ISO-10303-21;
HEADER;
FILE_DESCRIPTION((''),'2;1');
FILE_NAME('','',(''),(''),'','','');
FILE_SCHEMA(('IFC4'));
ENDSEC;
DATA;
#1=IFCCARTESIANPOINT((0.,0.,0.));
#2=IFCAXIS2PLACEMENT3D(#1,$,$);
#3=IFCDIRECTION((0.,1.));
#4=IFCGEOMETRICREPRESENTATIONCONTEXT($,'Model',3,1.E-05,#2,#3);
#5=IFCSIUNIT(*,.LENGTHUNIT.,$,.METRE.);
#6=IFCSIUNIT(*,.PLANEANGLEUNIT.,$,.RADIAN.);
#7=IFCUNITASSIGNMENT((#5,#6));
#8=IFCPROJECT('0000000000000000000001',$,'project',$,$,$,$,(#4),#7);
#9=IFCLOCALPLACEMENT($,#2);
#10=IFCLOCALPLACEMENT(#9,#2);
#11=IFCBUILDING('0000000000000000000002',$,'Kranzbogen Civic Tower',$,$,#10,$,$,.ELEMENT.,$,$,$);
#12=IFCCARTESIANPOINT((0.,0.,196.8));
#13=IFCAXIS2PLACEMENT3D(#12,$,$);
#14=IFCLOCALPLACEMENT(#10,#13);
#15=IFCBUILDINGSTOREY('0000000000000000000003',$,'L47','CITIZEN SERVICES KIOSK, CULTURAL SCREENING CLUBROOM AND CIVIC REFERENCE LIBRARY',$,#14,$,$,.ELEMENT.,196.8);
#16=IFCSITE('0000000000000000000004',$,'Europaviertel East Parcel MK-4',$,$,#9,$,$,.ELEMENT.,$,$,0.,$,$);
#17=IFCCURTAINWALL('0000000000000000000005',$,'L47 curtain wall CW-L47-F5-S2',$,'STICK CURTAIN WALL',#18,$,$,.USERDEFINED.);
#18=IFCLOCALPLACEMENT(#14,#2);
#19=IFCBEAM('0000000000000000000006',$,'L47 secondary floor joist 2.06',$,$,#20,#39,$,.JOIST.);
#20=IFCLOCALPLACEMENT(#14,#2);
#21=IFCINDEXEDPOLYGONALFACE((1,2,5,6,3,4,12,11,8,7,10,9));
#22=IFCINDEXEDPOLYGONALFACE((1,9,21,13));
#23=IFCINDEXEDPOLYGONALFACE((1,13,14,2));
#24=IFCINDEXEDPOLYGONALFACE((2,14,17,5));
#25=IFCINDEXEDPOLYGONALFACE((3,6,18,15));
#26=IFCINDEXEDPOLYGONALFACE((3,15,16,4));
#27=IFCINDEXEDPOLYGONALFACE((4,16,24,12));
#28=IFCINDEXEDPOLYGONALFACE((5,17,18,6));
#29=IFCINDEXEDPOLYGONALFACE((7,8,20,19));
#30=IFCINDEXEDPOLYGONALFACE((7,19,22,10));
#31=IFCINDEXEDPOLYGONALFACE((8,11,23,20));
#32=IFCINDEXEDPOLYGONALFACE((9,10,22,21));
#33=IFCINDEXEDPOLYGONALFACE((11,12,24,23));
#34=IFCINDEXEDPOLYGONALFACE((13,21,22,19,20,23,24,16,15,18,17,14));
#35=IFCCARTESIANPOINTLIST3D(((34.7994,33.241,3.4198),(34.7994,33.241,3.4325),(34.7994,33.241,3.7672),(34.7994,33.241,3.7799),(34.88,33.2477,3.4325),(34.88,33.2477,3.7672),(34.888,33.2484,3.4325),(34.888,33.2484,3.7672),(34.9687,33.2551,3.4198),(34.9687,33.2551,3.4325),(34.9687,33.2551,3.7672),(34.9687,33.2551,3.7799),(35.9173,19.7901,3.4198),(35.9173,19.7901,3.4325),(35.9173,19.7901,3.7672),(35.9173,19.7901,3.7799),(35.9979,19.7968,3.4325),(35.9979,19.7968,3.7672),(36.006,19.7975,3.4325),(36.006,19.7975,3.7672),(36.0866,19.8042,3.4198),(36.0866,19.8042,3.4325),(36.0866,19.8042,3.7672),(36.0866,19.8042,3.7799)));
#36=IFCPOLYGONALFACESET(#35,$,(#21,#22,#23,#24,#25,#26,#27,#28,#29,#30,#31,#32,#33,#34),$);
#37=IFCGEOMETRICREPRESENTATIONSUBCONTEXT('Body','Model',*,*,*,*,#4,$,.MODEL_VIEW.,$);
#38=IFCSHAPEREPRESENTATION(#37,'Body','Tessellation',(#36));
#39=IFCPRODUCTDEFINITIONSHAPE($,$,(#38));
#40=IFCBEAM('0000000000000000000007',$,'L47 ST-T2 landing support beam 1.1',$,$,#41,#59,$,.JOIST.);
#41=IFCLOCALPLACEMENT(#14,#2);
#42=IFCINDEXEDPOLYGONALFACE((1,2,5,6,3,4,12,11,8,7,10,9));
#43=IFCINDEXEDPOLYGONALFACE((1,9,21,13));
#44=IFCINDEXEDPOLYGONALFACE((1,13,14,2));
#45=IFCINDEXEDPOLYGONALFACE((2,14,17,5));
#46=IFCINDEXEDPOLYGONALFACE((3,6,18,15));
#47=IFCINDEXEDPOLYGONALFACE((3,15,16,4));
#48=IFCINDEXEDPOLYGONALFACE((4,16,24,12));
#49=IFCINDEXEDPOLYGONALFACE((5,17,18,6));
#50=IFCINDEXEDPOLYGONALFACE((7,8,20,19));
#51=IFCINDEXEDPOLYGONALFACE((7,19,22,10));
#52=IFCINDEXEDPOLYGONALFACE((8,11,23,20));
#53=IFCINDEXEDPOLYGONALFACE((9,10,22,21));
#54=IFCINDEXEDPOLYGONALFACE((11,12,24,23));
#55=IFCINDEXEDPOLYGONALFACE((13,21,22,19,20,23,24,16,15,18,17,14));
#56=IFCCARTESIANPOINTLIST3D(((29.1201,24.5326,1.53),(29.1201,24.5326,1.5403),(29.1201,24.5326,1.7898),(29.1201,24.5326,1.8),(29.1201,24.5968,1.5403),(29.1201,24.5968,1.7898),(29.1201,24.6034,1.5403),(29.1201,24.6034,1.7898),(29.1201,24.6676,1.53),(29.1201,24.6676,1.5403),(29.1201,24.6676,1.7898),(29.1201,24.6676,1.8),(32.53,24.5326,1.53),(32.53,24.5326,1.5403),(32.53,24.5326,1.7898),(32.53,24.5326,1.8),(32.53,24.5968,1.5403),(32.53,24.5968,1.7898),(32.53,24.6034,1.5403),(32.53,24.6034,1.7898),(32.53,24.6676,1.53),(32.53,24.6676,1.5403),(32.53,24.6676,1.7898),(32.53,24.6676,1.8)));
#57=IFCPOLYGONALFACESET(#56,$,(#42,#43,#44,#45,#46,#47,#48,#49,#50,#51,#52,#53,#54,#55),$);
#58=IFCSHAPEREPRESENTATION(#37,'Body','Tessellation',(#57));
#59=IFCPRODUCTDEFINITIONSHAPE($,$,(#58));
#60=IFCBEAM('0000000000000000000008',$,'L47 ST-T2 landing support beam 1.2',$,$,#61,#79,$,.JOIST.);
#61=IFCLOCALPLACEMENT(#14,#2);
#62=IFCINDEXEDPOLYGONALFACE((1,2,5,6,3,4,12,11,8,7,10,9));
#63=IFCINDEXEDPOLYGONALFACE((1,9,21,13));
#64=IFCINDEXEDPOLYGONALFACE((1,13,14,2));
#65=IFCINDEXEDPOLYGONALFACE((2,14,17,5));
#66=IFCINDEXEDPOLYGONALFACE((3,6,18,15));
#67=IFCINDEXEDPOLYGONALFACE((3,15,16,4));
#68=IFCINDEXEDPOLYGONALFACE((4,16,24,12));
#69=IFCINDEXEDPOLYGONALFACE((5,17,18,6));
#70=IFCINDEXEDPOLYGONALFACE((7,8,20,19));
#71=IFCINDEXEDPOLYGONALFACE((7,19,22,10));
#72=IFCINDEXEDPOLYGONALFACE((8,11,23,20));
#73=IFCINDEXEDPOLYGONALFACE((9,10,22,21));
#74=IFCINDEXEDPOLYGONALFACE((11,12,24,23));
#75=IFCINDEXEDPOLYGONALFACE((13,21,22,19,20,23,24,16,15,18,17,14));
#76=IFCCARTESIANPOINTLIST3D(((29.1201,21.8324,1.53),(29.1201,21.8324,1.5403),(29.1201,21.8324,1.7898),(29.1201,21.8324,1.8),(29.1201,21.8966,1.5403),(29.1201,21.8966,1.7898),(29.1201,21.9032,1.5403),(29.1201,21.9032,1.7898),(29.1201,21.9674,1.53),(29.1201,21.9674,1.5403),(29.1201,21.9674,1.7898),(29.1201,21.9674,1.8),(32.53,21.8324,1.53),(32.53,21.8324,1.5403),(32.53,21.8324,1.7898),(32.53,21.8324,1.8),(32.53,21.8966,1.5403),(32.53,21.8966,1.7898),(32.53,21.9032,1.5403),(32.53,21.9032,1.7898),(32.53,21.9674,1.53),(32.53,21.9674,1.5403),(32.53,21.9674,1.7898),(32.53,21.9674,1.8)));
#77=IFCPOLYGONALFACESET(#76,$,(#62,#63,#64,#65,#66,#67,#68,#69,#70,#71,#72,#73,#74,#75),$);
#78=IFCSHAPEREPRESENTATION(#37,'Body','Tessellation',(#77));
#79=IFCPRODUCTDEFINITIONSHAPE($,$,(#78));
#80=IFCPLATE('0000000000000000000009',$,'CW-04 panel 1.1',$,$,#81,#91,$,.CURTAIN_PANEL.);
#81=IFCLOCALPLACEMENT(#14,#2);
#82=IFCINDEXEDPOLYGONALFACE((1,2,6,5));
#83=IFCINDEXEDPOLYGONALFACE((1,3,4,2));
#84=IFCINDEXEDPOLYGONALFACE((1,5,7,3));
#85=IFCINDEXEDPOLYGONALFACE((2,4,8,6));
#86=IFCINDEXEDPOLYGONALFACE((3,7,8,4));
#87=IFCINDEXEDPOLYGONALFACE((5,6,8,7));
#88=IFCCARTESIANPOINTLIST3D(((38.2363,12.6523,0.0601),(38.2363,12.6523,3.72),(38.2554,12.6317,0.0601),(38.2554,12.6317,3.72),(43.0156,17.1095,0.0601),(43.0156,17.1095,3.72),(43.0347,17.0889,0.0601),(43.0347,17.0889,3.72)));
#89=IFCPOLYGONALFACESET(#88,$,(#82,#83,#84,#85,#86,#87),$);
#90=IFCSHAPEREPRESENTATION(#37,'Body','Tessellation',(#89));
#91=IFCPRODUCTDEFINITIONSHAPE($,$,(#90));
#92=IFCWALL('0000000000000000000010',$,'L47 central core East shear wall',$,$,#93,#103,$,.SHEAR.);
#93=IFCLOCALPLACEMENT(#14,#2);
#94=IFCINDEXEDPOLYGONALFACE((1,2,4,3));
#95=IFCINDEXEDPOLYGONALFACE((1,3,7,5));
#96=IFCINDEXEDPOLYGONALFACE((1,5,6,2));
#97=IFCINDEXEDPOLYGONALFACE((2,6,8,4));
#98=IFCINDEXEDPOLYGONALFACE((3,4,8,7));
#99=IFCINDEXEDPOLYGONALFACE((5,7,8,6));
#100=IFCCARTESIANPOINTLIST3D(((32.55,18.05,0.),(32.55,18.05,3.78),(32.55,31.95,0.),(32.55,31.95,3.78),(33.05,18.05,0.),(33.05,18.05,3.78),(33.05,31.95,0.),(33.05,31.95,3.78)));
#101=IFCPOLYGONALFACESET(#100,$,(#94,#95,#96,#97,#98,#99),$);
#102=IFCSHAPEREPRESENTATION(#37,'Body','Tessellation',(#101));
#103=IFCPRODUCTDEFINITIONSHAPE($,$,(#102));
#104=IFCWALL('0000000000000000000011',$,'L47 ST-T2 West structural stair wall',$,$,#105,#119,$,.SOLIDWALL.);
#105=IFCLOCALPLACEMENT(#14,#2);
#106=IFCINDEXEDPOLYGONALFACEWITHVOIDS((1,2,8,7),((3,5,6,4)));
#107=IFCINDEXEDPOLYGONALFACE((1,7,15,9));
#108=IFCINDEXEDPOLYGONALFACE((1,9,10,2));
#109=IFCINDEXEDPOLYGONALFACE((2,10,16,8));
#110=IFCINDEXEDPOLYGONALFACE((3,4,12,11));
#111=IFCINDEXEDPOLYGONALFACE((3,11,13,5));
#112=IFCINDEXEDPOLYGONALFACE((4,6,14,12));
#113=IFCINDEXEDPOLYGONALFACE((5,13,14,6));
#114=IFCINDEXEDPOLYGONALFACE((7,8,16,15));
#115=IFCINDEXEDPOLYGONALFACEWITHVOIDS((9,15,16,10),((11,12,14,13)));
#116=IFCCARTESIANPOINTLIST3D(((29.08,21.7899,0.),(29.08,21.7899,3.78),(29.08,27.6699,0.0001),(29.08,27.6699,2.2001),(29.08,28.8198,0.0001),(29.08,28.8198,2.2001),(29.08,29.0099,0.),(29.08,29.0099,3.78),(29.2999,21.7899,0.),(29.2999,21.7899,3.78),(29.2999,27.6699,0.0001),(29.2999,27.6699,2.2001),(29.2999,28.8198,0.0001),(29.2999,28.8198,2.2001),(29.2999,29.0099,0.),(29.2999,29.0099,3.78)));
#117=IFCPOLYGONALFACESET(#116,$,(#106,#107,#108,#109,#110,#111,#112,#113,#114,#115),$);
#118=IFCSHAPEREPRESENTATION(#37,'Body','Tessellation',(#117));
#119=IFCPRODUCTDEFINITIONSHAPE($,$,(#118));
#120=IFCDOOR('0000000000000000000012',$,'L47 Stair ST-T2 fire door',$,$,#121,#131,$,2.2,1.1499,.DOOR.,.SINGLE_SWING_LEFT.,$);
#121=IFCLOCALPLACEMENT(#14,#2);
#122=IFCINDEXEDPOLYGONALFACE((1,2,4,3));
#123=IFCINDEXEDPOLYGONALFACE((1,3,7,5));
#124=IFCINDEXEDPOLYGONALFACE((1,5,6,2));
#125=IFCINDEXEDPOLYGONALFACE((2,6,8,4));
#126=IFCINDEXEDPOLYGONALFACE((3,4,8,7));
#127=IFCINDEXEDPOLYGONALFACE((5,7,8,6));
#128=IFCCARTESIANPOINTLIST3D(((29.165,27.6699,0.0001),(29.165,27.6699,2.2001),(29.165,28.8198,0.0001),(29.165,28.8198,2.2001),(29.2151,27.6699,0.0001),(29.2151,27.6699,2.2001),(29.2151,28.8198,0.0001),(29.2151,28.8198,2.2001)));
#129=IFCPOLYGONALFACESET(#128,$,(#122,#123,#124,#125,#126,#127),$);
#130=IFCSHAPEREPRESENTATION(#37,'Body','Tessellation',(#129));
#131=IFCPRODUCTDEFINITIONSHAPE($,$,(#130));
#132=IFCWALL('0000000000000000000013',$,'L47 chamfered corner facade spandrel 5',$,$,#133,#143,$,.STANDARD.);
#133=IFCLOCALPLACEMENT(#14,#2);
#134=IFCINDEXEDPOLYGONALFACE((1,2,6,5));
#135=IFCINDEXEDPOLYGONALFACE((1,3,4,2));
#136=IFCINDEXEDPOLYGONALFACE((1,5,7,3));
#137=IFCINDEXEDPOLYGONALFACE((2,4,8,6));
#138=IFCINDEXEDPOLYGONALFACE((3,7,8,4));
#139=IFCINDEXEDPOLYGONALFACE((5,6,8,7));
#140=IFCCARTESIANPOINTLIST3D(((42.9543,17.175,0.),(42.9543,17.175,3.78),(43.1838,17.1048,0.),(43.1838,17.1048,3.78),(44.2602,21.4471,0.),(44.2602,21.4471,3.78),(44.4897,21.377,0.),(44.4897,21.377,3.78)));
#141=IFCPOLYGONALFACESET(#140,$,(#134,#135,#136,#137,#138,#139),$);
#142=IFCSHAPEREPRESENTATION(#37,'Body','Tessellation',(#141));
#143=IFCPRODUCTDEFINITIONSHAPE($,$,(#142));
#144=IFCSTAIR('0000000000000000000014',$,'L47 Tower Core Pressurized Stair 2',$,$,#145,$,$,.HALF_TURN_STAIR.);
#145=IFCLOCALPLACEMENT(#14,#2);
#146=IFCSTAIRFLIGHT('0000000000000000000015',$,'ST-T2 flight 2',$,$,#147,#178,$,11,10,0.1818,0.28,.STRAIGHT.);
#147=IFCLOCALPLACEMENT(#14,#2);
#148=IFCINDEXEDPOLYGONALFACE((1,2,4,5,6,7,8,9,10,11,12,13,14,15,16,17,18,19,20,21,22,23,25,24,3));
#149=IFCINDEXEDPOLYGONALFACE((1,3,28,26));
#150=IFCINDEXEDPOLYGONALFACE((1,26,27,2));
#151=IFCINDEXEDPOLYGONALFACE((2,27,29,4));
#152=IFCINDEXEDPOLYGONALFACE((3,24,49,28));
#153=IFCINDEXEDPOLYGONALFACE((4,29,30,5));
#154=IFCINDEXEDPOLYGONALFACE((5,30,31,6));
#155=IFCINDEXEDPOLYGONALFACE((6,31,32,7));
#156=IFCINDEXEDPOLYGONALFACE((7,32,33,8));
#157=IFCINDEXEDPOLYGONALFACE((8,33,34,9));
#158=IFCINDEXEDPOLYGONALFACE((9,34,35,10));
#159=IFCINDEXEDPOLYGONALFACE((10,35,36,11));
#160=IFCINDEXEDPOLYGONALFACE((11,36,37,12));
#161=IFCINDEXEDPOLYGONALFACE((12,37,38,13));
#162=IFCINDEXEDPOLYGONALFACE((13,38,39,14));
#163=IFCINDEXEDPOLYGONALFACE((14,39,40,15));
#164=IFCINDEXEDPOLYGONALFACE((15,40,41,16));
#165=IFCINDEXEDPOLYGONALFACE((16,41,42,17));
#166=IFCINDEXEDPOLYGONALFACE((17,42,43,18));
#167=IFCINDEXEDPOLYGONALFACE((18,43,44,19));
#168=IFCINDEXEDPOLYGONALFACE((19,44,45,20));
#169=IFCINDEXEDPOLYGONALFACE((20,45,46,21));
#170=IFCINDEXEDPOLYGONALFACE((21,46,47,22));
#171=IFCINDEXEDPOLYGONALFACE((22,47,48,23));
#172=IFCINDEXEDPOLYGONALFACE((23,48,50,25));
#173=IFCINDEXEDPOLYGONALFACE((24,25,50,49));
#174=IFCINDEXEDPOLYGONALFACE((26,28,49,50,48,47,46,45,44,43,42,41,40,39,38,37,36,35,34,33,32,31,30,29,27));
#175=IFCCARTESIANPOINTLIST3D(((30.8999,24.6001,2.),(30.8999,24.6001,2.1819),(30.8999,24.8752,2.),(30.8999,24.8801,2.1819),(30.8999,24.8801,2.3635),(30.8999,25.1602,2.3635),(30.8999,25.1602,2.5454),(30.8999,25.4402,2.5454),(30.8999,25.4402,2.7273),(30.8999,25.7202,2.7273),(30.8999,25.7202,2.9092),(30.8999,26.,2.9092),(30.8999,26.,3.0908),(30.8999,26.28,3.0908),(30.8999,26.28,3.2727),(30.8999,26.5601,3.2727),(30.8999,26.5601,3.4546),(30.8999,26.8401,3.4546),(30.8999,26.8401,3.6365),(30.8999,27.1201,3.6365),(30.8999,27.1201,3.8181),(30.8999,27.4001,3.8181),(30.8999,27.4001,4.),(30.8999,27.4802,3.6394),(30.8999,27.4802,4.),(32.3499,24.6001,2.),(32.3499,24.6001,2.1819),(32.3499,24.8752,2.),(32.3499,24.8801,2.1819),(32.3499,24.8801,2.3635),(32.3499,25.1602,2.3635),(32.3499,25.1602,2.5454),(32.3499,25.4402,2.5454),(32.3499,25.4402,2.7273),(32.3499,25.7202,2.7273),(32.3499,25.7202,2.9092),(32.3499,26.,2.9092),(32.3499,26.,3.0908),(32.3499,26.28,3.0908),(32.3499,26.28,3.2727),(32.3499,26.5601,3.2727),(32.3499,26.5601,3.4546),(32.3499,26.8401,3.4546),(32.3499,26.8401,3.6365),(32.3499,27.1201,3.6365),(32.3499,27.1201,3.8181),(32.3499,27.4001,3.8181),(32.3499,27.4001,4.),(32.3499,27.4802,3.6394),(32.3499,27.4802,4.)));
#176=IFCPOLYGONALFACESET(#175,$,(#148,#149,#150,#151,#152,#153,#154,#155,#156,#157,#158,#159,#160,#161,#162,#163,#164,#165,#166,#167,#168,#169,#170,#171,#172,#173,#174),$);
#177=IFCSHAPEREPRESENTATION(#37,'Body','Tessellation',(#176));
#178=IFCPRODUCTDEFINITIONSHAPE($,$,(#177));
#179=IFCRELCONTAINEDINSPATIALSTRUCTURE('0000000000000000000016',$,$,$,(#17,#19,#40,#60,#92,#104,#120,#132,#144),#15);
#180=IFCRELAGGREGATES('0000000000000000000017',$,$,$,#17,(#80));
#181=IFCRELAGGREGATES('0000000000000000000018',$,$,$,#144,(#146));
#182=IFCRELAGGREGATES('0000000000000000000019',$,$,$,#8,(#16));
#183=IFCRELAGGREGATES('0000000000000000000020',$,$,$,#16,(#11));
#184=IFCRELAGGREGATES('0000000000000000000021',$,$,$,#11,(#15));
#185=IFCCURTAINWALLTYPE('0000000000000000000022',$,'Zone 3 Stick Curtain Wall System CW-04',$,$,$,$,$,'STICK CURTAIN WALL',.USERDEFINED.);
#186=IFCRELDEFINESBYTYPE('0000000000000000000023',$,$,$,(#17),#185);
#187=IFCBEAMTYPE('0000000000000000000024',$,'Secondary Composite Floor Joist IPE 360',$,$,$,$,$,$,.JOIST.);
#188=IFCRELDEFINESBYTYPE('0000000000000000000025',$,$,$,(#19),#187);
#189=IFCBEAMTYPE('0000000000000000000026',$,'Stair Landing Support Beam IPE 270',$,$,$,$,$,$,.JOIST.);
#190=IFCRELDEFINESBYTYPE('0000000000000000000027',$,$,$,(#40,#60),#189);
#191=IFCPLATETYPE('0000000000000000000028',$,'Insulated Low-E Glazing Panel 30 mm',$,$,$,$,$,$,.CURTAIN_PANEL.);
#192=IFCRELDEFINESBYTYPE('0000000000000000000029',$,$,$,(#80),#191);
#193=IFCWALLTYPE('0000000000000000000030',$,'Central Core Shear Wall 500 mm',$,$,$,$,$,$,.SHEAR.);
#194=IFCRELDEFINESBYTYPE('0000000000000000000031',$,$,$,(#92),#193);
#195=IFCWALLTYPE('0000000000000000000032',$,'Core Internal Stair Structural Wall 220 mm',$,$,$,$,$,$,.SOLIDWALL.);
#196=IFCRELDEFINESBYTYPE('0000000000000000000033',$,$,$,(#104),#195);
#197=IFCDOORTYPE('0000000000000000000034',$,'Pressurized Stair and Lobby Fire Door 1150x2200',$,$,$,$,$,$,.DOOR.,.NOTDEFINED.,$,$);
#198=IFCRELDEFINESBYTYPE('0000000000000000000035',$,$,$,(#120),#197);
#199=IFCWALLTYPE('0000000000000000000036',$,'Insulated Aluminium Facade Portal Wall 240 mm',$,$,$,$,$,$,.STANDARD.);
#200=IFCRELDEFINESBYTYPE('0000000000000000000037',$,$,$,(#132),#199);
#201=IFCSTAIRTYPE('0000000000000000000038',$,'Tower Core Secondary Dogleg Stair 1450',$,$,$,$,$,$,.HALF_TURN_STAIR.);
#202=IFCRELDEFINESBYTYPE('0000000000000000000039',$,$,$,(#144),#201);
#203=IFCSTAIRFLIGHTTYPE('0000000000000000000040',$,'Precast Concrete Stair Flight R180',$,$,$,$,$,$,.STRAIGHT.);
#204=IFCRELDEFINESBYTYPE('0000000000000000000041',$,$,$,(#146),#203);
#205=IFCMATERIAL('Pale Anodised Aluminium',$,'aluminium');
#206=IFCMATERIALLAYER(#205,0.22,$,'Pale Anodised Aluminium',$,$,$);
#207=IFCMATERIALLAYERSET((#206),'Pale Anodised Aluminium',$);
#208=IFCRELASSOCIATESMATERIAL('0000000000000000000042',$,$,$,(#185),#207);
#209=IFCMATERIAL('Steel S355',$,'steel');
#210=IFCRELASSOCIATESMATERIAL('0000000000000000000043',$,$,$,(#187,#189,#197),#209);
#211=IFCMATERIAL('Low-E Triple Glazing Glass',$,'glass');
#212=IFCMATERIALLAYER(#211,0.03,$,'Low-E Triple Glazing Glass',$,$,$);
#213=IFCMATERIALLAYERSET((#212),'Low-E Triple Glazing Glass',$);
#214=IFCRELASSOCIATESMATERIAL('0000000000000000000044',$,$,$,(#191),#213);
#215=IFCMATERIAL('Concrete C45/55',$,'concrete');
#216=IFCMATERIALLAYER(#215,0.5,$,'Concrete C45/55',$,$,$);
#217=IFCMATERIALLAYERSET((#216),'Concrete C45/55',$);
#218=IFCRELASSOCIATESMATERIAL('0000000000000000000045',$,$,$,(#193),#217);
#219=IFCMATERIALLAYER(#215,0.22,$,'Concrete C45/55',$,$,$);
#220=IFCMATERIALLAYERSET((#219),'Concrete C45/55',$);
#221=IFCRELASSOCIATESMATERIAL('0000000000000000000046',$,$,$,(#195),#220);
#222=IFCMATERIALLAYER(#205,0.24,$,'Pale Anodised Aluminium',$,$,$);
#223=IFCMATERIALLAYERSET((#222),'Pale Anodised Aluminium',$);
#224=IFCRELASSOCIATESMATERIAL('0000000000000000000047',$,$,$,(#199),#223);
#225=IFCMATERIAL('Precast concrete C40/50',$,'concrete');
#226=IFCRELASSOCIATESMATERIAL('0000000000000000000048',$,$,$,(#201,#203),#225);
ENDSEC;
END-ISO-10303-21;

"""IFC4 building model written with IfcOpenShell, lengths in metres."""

from ifc_helpers import new_model, si_unit, direction, frame, frame_2d, origin, origin_2d, place, context, subcontext, project, spatial, polyline, rectangle, i_section, outline, extrude, material, layer, layer_set, material_profile, profile_set, type_object, element, fill, aggregate, save


model = new_model("IFC4")

# Units and contexts
model_context = context("Model", 3, precision=1e-05, world=origin(), true_north=direction((0.0, 1.0)))
body_context = subcontext(model_context, "Body", "Model", "MODEL_VIEW")
ifc_project = project(units=[si_unit("LENGTHUNIT", "METRE"), si_unit("PLANEANGLEUNIT", "RADIAN")], contexts=[model_context])

# Site, building, storey
site_placement = place(None, origin())
site = spatial("IfcSite", under=ifc_project, at=site_placement, Name="Europaviertel East Parcel MK-4", CompositionType="ELEMENT", RefElevation=0.0)
building_placement = place(site_placement, origin())
building = spatial("IfcBuilding", under=site, at=building_placement, Name="Kranzbogen Civic Tower", CompositionType="ELEMENT")
storey_placement = place(building_placement, frame((0.0, 0.0, 196.8)))
storey = spatial("IfcBuildingStorey", under=building, at=storey_placement, Name="L47", Description="CITIZEN SERVICES KIOSK, CULTURAL SCREENING CLUBROOM AND CIVIC REFERENCE LIBRARY", CompositionType="ELEMENT", Elevation=196.8)

# Shared definitions
ifc_material_1 = material(Name="Steel S355", Category="steel")

# Curtain wall
ifc_material_2 = material(Name="Pale Anodised Aluminium", Category="aluminium")
ifc_layer_1 = layer(ifc_material_2, 0.22, Name="Pale Anodised Aluminium")
ifc_layer_set_1 = layer_set([ifc_layer_1], Name="Pale Anodised Aluminium")
curtain_wall_type = type_object("IfcCurtainWallType", Name="Zone 3 Stick Curtain Wall System CW-04", ElementType="STICK CURTAIN WALL", PredefinedType="USERDEFINED", material=ifc_layer_set_1)
curtain_wall_1_placement = place(storey_placement, origin())
curtain_wall_1 = element("IfcCurtainWall", 1, at=curtain_wall_1_placement, inside=storey, type_object=curtain_wall_type, Name="L47 curtain wall CW-L47-F5-S2", ObjectType="STICK CURTAIN WALL", PredefinedType="USERDEFINED")

# Beams
ifc_material_profile_1 = material_profile(ifc_material_1, i_section(OverallWidth=0.1699, OverallDepth=0.3601, WebThickness=0.0081, FlangeThickness=0.0127, at=origin_2d()), Name="IPE 360")
ifc_profile_set_1 = profile_set([ifc_material_profile_1], Name="Steel S355")
beam_type_1 = type_object("IfcBeamType", Name="Secondary Composite Floor Joist IPE 360", PredefinedType="JOIST", material=ifc_profile_set_1)
beam_1_placement = place(storey_placement, frame((36.002, 19.7971, 3.5999), z_axis=(-0.082825, 0.996564, 0.0), x_axis=(-0.996564, -0.082825, 0.0)))
element("IfcBeam", 2, at=beam_1_placement, inside=storey, type_object=beam_type_1, Name="L47 secondary floor joist 2.06", PredefinedType="JOIST", context=body_context, shape_type="SweptSolid", body=[
    extrude(i_section(OverallWidth=0.1699, OverallDepth=0.3601, WebThickness=0.0081, FlangeThickness=0.0127, at=origin_2d()), origin(), (0.0, 0.0, 1.0), 13.4973),
])
ifc_material_profile_2 = material_profile(ifc_material_1, i_section(OverallWidth=0.135, OverallDepth=0.27, WebThickness=0.0066, FlangeThickness=0.0103, at=origin_2d()), Name="IPE 270")
ifc_profile_set_2 = profile_set([ifc_material_profile_2], Name="Steel S355")
beam_type_2 = type_object("IfcBeamType", Name="Stair Landing Support Beam IPE 270", PredefinedType="JOIST", material=ifc_profile_set_2)
for number, where, z_axis, x_axis, name in (
    (3, (29.1201, 24.6001, 1.665), (1.0, 0.0, 0.0), (0.0, 1.0, 0.0), "L47 ST-T2 landing support beam 1.1"),
    (4, (29.1201, 21.8999, 1.665), (1.0, 0.0, 0.0), (0.0, 1.0, 0.0), "L47 ST-T2 landing support beam 1.2"),
):
    element("IfcBeam", number, at=place(storey_placement, frame(where, z_axis=z_axis, x_axis=x_axis)), inside=storey, type_object=beam_type_2, Name=name, PredefinedType="JOIST", context=body_context, shape_type="SweptSolid", body=[
        extrude(i_section(OverallWidth=0.135, OverallDepth=0.27, WebThickness=0.0066, FlangeThickness=0.0103, at=origin_2d()), origin(), (0.0, 0.0, 1.0), 3.4099),
    ])

# Plate
ifc_material_3 = material(Name="Low-E Triple Glazing Glass", Category="glass")
ifc_layer_2 = layer(ifc_material_3, 0.03, Name="Low-E Triple Glazing Glass")
ifc_layer_set_2 = layer_set([ifc_layer_2], Name="Low-E Triple Glazing Glass")
plate_type = type_object("IfcPlateType", Name="Insulated Low-E Glazing Panel 30 mm", PredefinedType="CURTAIN_PANEL", material=ifc_layer_set_2)
plate_placement = place(storey_placement, frame((40.6355, 14.8706, 0.0601), z_axis=(0.0, 0.0, 1.0), x_axis=(0.73132, 0.682034, 0.0)))
plate = element("IfcPlate", 5, at=plate_placement, type_object=plate_type, Name="CW-04 panel 1.1", PredefinedType="CURTAIN_PANEL", context=body_context, shape_type="SweptSolid", body=[
    extrude(rectangle(XDim=6.5352, YDim=0.0281, at=origin_2d()), origin(), (0.0, 0.0, 1.0), 3.6599),
])
aggregate(curtain_wall_1, [plate])

# Wall
ifc_material_4 = material(Name="Concrete C45/55", Category="concrete")
ifc_layer_3 = layer(ifc_material_4, 0.5, Name="Concrete C45/55")
ifc_layer_set_3 = layer_set([ifc_layer_3], Name="Concrete C45/55")
wall_type_1 = type_object("IfcWallType", Name="Central Core Shear Wall 500 mm", PredefinedType="SHEAR", material=ifc_layer_set_3)
wall_1_placement = place(storey_placement, frame((32.8, 18.05, 0.0), z_axis=(0.0, 0.0, 1.0), x_axis=(0.0, 1.0, 0.0)))
element("IfcWall", 6, at=wall_1_placement, inside=storey, type_object=wall_type_1, Name="L47 central core East shear wall", PredefinedType="SHEAR", context=body_context, shape_type="SweptSolid", body=[
    extrude(rectangle(XDim=13.8999, YDim=0.5, at=frame_2d((6.95, 0.0))), origin(), (0.0, 0.0, 1.0), 3.78),
])

# Wall, opening, door
ifc_layer_4 = layer(ifc_material_4, 0.22, Name="Concrete C45/55")
ifc_layer_set_4 = layer_set([ifc_layer_4], Name="Concrete C45/55")
wall_type_2 = type_object("IfcWallType", Name="Core Internal Stair Structural Wall 220 mm", PredefinedType="SOLIDWALL", material=ifc_layer_set_4)
wall_2_placement = place(storey_placement, frame((29.1899, 21.79, 0.0), z_axis=(0.0, 0.0, 1.0), x_axis=(0.0, 1.0, 0.0)))
wall_2 = element("IfcWall", 7, at=wall_2_placement, inside=storey, type_object=wall_type_2, Name="L47 ST-T2 West structural stair wall", PredefinedType="SOLIDWALL", context=body_context, shape_type="SweptSolid", body=[
    extrude(rectangle(XDim=7.22, YDim=0.22, at=frame_2d((3.6099, 0.0))), origin(), (0.0, 0.0, 1.0), 3.78),
])
opening_placement = place(wall_2_placement, frame((5.8799, 0.0, 0.0)))
opening = element("IfcOpeningElement", 8, at=opening_placement, cuts=wall_2, PredefinedType="OPENING", context=body_context, shape_type="SweptSolid", body=[
    extrude(rectangle(XDim=1.1499, YDim=2.2, at=frame_2d((0.575, 1.1001))), frame((0.0, 0.1201, 0.0), z_axis=(0.0, -1.0, 0.0), x_axis=(1.0, 0.0, 0.0)), (0.0, 0.0, 1.0), 0.24),
])
door_type = type_object("IfcDoorType", Name="Pressurized Stair and Lobby Fire Door 1150x2200", OperationType="NOTDEFINED", PredefinedType="DOOR", material=ifc_material_1)
door_placement = place(opening_placement, origin())
door = element("IfcDoor", 9, at=door_placement, inside=storey, type_object=door_type, Name="L47 Stair ST-T2 fire door", OperationType="SINGLE_SWING_LEFT", OverallHeight=2.2, OverallWidth=1.1499, PredefinedType="DOOR", context=body_context, shape_type="SweptSolid", body=[
    extrude(rectangle(XDim=1.1499, YDim=2.2, at=frame_2d((0.575, 1.1001))), frame((0.0, 0.0249, 0.0), z_axis=(0.0, -1.0, 0.0), x_axis=(1.0, 0.0, 0.0)), (0.0, 0.0, 1.0), 0.05),
])
fill(opening, door)

# Wall
ifc_layer_5 = layer(ifc_material_2, 0.24, Name="Pale Anodised Aluminium")
ifc_layer_set_5 = layer_set([ifc_layer_5], Name="Pale Anodised Aluminium")
wall_type_3 = type_object("IfcWallType", Name="Insulated Aluminium Facade Portal Wall 240 mm", PredefinedType="STANDARD", material=ifc_layer_set_5)
wall_3_placement = place(storey_placement, frame((43.0691, 17.1399, 0.0), z_axis=(0.0, 0.0, 1.0), x_axis=(0.292323, 0.95632, 0.0)))
element("IfcWall", 10, at=wall_3_placement, inside=storey, type_object=wall_type_3, Name="L47 chamfered corner facade spandrel 5", PredefinedType="STANDARD", context=body_context, shape_type="SweptSolid", body=[
    extrude(rectangle(XDim=4.4673, YDim=0.24, at=frame_2d((2.2336, 0.0))), origin(), (0.0, 0.0, 1.0), 3.78),
])

# Stair, stair flight
ifc_material_5 = material(Name="Precast concrete C40/50", Category="concrete")
stair_type = type_object("IfcStairType", Name="Tower Core Secondary Dogleg Stair 1450", PredefinedType="HALF_TURN_STAIR", material=ifc_material_5)
stair_placement = place(storey_placement, origin())
stair = element("IfcStair", 11, at=stair_placement, inside=storey, type_object=stair_type, Name="L47 Tower Core Pressurized Stair 2", PredefinedType="HALF_TURN_STAIR")
stair_flight_type = type_object("IfcStairFlightType", Name="Precast Concrete Stair Flight R180", PredefinedType="STRAIGHT", material=ifc_material_5)
stair_flight_placement = place(storey_placement, frame((31.625, 24.6001, 2.0), z_axis=(0.0, 0.0, 1.0), x_axis=(0.0, 1.0, 0.0)))
stair_flight = element("IfcStairFlight", 12, at=stair_flight_placement, type_object=stair_flight_type, Name="ST-T2 flight 2", NumberOfRisers=11, NumberOfTreads=10, PredefinedType="STRAIGHT", RiserHeight=0.1818, TreadLength=0.28, context=body_context, shape_type="SweptSolid", body=[
    extrude(outline(polyline([(0.0, 0.0), (0.0, 0.1819), (0.28, 0.1819), (0.28, 0.3635), (0.5601, 0.3635), (0.5601, 0.5454), (0.8401, 0.5454), (0.8401, 0.7273), (1.1201, 0.7273), (1.1201, 0.9092), (1.3999, 0.9092), (1.3999, 1.0908), (1.6799, 1.0908), (1.6799, 1.2727), (1.96, 1.2727), (1.96, 1.4546), (2.24, 1.4546), (2.24, 1.6365), (2.52, 1.6365), (2.52, 1.8181), (2.8, 1.8181), (2.8, 2.0), (2.8801, 2.0), (2.8801, 1.6394), (0.2751, 0.0), (0.0, 0.0)])), frame((0.0, 0.7251, 0.0), z_axis=(0.0, -1.0, 0.0), x_axis=(1.0, 0.0, 0.0)), (0.0, 0.0, 1.0), 1.45),
])
aggregate(stair, [stair_flight])

save(model, "model.ifc")
